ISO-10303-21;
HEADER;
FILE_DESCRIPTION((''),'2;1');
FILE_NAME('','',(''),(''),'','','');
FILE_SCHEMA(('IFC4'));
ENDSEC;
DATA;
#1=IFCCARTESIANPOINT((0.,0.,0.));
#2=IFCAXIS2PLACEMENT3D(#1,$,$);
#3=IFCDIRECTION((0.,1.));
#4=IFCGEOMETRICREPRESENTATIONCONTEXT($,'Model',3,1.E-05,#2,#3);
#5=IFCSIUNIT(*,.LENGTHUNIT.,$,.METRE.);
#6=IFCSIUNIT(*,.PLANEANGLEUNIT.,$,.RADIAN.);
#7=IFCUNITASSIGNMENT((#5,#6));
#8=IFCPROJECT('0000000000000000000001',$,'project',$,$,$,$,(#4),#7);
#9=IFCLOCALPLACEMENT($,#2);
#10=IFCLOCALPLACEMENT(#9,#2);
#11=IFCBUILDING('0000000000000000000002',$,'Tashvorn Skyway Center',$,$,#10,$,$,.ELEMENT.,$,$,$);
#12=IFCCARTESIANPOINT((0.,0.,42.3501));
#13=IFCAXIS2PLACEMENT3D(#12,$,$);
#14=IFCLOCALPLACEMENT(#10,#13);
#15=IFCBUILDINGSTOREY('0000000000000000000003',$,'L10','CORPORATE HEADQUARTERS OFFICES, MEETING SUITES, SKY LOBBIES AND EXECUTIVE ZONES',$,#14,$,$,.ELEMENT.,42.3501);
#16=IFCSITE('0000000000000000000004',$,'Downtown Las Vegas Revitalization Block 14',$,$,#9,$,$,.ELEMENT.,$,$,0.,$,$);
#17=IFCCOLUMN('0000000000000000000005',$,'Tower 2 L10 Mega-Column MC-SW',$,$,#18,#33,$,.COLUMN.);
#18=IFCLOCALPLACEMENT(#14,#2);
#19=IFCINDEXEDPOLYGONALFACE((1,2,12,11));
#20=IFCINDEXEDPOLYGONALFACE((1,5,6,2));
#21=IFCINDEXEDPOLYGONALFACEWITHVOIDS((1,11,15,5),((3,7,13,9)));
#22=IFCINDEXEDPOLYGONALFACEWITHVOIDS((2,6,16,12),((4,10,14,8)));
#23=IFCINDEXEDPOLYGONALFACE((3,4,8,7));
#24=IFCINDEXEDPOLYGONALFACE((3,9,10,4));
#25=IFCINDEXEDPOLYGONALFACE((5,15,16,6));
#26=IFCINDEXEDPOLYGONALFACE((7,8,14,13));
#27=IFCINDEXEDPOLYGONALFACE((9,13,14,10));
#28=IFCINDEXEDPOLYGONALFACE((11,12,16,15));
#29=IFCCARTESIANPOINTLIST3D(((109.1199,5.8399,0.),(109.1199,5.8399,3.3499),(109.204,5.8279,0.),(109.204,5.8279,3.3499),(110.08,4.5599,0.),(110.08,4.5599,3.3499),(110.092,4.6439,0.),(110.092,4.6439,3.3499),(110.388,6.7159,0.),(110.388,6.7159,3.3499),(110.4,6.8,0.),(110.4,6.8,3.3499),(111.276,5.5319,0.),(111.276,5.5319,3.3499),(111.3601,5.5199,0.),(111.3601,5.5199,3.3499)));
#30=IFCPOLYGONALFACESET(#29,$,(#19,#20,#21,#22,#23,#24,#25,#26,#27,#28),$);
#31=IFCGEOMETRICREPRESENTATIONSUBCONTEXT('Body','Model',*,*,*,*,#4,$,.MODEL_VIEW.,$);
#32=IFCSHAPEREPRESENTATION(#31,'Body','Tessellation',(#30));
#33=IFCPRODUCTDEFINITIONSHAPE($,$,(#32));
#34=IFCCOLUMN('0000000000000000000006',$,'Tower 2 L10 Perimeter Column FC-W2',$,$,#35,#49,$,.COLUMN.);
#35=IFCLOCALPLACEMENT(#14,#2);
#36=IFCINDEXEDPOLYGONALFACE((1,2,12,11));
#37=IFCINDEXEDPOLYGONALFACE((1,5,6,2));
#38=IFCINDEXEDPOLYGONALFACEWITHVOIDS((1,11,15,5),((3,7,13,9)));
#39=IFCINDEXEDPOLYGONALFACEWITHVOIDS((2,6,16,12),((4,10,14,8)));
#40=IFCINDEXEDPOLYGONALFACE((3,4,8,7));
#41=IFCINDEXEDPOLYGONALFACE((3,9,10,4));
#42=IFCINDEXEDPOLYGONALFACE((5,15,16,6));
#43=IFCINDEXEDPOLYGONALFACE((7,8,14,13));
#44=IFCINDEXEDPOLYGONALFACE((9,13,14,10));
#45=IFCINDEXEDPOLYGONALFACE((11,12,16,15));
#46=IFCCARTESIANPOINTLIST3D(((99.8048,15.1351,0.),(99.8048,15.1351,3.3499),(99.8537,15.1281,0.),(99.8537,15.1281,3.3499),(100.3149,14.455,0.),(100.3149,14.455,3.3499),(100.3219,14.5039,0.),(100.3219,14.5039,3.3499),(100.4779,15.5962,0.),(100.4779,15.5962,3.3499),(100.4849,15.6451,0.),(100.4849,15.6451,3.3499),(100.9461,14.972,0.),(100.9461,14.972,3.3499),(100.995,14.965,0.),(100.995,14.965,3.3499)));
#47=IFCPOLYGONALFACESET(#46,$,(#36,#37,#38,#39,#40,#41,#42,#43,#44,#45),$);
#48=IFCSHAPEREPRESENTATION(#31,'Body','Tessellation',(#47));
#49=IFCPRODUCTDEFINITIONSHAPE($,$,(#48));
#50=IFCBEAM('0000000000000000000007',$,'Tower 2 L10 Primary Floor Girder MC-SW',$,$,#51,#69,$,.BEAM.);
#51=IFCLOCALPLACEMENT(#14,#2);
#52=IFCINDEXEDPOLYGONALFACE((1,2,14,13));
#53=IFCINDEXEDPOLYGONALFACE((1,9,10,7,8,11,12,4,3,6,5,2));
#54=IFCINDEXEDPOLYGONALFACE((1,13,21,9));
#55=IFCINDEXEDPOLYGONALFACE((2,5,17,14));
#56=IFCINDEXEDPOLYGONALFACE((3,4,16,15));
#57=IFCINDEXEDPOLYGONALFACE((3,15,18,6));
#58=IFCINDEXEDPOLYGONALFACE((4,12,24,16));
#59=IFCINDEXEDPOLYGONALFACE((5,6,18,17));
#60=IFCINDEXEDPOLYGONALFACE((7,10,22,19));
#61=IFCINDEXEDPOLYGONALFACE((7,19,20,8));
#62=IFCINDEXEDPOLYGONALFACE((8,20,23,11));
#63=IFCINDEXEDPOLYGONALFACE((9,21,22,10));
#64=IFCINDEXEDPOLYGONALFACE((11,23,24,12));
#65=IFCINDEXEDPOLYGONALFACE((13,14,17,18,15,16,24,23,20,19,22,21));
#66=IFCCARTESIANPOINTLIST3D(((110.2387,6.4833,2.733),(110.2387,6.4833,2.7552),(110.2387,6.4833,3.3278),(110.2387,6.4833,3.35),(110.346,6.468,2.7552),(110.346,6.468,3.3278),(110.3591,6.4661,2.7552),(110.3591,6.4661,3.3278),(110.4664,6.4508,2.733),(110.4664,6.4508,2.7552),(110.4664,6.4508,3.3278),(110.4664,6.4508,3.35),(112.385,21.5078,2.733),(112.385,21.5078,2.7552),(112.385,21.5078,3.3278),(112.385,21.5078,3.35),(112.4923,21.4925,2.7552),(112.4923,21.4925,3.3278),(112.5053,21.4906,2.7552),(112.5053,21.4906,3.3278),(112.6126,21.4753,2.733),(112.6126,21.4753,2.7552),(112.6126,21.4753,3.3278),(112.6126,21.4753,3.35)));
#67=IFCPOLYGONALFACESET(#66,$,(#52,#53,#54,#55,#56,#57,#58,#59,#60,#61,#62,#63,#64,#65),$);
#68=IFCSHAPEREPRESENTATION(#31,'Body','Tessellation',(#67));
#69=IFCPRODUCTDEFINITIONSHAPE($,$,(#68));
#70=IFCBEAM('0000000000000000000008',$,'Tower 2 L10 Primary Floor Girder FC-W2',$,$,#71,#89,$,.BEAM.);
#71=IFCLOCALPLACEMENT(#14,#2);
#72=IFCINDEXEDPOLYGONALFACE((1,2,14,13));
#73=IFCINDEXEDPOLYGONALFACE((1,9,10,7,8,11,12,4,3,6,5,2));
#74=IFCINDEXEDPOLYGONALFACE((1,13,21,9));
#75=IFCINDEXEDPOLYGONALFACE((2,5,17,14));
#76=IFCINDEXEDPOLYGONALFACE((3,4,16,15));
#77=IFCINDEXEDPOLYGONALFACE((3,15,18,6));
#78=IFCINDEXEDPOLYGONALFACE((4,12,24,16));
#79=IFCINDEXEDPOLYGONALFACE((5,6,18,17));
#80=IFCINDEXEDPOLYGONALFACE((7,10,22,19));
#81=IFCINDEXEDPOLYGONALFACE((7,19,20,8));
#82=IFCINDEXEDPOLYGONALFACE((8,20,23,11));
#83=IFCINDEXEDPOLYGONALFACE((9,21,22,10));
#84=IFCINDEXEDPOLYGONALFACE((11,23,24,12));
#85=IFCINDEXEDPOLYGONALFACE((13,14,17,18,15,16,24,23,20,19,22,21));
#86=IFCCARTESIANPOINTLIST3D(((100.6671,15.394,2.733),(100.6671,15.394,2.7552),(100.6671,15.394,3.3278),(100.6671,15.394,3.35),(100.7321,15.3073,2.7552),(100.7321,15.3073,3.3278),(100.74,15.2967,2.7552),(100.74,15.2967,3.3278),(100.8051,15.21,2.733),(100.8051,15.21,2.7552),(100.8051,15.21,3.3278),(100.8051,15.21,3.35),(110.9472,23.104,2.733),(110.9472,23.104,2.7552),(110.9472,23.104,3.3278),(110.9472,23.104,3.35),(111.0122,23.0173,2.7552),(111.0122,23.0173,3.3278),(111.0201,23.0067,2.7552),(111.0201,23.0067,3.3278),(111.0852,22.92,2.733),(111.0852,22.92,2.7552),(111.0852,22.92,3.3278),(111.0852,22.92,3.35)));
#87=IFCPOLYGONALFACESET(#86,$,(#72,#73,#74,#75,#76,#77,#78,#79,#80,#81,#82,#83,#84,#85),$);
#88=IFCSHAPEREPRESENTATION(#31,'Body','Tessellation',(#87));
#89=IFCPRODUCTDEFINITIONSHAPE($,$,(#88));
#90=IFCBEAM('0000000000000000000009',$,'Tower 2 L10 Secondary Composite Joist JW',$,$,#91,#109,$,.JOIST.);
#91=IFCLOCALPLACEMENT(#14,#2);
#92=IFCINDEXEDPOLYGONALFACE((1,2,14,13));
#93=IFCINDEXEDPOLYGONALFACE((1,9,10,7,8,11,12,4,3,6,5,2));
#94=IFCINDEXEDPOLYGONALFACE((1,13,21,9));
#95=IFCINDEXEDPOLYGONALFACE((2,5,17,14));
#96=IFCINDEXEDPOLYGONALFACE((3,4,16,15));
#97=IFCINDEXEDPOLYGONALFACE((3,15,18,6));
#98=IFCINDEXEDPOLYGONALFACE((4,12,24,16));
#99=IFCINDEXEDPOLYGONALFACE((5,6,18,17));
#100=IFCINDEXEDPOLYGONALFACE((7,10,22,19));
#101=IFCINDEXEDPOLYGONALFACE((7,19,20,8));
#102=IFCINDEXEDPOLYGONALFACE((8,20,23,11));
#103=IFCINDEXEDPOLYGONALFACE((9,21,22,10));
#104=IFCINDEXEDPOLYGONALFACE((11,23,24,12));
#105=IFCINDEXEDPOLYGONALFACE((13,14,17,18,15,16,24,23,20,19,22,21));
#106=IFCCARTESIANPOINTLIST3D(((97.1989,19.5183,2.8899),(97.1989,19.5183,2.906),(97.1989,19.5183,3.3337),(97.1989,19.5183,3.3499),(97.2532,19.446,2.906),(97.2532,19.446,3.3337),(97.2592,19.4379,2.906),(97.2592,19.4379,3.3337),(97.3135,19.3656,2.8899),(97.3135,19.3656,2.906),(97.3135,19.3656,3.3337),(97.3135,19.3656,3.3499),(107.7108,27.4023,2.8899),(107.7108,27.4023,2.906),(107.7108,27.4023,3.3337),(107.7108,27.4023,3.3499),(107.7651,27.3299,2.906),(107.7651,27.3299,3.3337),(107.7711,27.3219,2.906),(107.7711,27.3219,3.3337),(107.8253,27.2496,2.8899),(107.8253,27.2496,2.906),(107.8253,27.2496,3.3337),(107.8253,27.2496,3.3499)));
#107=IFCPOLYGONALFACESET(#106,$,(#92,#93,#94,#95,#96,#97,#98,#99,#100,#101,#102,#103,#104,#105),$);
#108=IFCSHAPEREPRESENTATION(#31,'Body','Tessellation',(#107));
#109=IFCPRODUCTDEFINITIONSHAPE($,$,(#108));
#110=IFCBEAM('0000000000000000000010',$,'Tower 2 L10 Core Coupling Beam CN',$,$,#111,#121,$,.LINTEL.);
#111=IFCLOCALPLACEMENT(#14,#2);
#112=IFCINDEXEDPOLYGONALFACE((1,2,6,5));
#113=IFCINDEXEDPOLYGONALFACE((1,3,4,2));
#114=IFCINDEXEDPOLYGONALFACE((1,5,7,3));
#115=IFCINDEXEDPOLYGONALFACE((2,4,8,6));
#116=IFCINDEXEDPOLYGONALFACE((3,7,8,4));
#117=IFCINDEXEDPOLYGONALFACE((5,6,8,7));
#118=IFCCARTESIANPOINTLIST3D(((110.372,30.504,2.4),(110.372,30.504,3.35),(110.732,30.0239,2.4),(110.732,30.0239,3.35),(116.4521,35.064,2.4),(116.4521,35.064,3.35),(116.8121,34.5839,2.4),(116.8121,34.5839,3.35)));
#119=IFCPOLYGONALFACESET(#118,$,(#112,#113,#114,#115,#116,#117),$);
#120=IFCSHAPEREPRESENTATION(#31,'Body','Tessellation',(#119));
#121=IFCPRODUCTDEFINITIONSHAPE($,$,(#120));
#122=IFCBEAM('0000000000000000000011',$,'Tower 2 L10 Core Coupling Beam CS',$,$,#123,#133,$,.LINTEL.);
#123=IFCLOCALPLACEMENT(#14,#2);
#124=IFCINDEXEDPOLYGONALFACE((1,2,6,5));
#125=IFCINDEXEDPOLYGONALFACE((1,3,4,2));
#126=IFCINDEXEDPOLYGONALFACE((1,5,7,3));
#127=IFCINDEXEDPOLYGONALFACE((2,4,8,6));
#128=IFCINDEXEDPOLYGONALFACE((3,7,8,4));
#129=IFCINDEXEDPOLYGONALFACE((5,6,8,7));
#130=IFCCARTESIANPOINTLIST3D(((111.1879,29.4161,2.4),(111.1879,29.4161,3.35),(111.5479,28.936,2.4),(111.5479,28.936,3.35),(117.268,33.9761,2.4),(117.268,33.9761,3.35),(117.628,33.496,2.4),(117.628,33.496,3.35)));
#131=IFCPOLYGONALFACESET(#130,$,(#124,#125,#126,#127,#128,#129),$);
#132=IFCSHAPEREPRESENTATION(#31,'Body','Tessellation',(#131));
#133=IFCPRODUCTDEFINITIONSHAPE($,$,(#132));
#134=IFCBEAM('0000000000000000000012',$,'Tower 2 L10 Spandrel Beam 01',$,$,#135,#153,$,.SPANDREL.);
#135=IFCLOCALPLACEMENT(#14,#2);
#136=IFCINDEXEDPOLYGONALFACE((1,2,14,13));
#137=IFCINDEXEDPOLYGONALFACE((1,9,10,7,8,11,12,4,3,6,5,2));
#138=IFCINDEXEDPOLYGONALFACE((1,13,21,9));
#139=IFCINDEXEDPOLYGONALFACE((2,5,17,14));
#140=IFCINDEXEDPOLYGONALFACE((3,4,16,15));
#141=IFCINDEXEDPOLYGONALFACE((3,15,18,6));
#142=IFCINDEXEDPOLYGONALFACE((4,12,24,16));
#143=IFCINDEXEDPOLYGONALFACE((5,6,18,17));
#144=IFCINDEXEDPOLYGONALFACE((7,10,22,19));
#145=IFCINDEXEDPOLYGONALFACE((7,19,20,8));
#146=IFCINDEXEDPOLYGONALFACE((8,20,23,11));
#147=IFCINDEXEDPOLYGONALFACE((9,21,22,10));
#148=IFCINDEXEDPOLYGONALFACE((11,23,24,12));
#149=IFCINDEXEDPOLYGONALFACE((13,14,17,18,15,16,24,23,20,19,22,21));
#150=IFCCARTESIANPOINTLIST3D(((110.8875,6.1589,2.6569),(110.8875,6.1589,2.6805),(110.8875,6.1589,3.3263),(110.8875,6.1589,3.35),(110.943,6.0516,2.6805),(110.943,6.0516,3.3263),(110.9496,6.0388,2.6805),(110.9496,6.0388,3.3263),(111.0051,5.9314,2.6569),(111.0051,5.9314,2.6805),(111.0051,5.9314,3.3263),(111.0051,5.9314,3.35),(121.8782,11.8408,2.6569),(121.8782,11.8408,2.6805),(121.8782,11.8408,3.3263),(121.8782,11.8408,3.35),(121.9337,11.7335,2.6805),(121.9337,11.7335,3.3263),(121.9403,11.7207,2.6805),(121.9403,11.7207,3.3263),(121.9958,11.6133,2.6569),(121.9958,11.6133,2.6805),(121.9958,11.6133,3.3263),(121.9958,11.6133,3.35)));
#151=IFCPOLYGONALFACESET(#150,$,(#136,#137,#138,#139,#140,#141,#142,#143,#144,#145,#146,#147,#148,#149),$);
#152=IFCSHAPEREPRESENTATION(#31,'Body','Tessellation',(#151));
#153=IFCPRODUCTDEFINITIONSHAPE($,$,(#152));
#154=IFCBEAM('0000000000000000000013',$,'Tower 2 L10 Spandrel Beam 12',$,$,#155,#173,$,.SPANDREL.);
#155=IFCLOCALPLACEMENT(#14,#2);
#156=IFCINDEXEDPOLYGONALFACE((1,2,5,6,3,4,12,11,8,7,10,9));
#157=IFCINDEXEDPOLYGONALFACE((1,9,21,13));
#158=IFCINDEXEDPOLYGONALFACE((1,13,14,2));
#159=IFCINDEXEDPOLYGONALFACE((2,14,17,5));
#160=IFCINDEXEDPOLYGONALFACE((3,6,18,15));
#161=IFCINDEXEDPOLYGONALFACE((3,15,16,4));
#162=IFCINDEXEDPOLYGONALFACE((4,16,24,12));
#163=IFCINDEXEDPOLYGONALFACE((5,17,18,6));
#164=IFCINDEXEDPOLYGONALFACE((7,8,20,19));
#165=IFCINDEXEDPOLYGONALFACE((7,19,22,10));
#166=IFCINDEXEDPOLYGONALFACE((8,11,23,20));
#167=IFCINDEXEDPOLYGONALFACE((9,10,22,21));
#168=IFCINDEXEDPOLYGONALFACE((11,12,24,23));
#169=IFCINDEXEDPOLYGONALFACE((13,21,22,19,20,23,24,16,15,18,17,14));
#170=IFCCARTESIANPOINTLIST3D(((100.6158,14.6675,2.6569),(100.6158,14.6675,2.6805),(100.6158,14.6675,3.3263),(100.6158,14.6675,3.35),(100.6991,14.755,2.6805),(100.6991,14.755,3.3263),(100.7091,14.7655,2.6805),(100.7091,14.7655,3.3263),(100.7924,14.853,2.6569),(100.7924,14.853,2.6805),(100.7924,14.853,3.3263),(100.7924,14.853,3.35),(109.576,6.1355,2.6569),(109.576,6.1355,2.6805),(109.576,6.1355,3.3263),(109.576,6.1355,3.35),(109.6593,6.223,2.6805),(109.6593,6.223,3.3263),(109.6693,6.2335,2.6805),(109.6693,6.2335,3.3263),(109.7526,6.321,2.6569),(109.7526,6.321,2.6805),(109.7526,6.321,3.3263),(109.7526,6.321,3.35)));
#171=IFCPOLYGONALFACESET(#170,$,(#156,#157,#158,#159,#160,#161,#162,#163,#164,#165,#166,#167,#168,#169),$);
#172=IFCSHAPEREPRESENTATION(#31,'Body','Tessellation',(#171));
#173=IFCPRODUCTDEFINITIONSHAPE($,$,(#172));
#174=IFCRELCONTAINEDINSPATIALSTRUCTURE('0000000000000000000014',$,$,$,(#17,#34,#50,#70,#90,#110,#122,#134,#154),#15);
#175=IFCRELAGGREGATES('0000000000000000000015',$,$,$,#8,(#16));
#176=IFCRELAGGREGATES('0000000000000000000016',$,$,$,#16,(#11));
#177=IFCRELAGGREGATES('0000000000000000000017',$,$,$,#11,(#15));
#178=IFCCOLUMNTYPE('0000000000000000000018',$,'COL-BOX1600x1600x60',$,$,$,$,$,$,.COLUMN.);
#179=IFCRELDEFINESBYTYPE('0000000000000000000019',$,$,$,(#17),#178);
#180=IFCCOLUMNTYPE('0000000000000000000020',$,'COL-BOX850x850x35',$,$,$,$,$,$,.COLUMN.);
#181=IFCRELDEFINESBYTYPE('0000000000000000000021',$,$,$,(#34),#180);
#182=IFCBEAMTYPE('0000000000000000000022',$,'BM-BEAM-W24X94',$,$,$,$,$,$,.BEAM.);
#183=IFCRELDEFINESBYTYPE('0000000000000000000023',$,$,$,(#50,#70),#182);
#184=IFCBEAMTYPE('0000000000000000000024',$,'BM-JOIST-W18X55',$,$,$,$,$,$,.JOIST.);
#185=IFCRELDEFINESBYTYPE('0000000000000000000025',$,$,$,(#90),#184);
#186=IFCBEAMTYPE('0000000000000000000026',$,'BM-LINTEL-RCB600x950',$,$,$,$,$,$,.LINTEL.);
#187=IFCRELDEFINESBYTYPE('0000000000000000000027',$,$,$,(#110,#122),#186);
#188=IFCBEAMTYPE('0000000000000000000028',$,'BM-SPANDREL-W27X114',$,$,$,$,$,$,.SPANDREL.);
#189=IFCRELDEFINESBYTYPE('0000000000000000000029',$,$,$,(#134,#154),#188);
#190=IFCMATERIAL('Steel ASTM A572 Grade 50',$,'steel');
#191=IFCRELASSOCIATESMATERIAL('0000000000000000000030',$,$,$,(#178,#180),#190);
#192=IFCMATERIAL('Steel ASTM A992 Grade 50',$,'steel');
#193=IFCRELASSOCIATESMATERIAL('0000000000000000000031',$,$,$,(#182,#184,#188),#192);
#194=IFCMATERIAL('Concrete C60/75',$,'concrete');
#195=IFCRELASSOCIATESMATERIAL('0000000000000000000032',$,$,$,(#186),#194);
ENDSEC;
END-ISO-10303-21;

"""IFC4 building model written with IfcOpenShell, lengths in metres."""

from ifc_helpers import new_model, si_unit, direction, frame, origin, origin_2d, place, context, subcontext, project, spatial, rectangle, hollow_rectangle, i_section, extrude, material, material_profile, profile_set, type_object, element, save


model = new_model("IFC4")

# Units and contexts
model_context = context("Model", 3, precision=1e-05, world=origin(), true_north=direction((0.0, 1.0)))
body_context = subcontext(model_context, "Body", "Model", "MODEL_VIEW")
ifc_project = project(units=[si_unit("LENGTHUNIT", "METRE"), si_unit("PLANEANGLEUNIT", "RADIAN")], contexts=[model_context])

# Site, building, storey
site_placement = place(None, origin())
site = spatial("IfcSite", under=ifc_project, at=site_placement, Name="Downtown Las Vegas Revitalization Block 14", CompositionType="ELEMENT", RefElevation=0.0)
building_placement = place(site_placement, origin())
building = spatial("IfcBuilding", under=site, at=building_placement, Name="Tashvorn Skyway Center", CompositionType="ELEMENT")
storey_placement = place(building_placement, frame((0.0, 0.0, 42.3501)))
storey = spatial("IfcBuildingStorey", under=building, at=storey_placement, Name="L10", Description="CORPORATE HEADQUARTERS OFFICES, MEETING SUITES, SKY LOBBIES AND EXECUTIVE ZONES", CompositionType="ELEMENT", Elevation=42.3501)

# Columns
ifc_material_1 = material(Name="Steel ASTM A572 Grade 50", Category="steel")
ifc_material_profile_1 = material_profile(ifc_material_1, hollow_rectangle(XDim=1.6001, YDim=1.6001, WallThickness=0.0601, at=origin_2d()), Name="BOX1600x1600x60")
ifc_profile_set_1 = profile_set([ifc_material_profile_1], Name="Steel ASTM A572 Grade 50")
column_type_1 = type_object("IfcColumnType", Name="COL-BOX1600x1600x60", PredefinedType="COLUMN", material=ifc_profile_set_1)
column_1_placement = place(storey_placement, frame((110.24, 5.6799, 0.0), z_axis=(0.0, 0.0, 1.0), x_axis=(0.8, 0.6, 0.0)))
element("IfcColumn", 1, at=column_1_placement, inside=storey, type_object=column_type_1, Name="Tower 2 L10 Mega-Column MC-SW", PredefinedType="COLUMN", context=body_context, shape_type="SweptSolid", body=[
    extrude(hollow_rectangle(XDim=1.6001, YDim=1.6001, WallThickness=0.0601, at=origin_2d()), origin(), (0.0, 0.0, 1.0), 3.3499),
])
ifc_material_profile_2 = material_profile(ifc_material_1, hollow_rectangle(XDim=0.8501, YDim=0.8501, WallThickness=0.0349, at=origin_2d()), Name="BOX850x850x35")
ifc_profile_set_2 = profile_set([ifc_material_profile_2], Name="Steel ASTM A572 Grade 50")
column_type_2 = type_object("IfcColumnType", Name="COL-BOX850x850x35", PredefinedType="COLUMN", material=ifc_profile_set_2)
column_2_placement = place(storey_placement, frame((100.3999, 15.05, 0.0), z_axis=(0.0, 0.0, 1.0), x_axis=(0.8, 0.6, 0.0)))
element("IfcColumn", 2, at=column_2_placement, inside=storey, type_object=column_type_2, Name="Tower 2 L10 Perimeter Column FC-W2", PredefinedType="COLUMN", context=body_context, shape_type="SweptSolid", body=[
    extrude(hollow_rectangle(XDim=0.8501, YDim=0.8501, WallThickness=0.0349, at=origin_2d()), origin(), (0.0, 0.0, 1.0), 3.3499),
])

# Beams
ifc_material_2 = material(Name="Steel ASTM A992 Grade 50", Category="steel")
ifc_material_profile_3 = material_profile(ifc_material_2, i_section(OverallWidth=0.23, OverallDepth=0.6169, WebThickness=0.0132, FlangeThickness=0.0222, at=origin_2d()), Name="W24X94")
ifc_profile_set_3 = profile_set([ifc_material_profile_3], Name="Steel ASTM A992 Grade 50")
beam_type_1 = type_object("IfcBeamType", Name="BM-BEAM-W24X94", PredefinedType="BEAM", material=ifc_profile_set_3)
beam_1_placement = place(storey_placement, frame((110.3525, 6.467, 3.0415), z_axis=(0.141415, 0.98995, 0.0), x_axis=(-0.98995, 0.141415, 0.0)))
element("IfcBeam", 3, at=beam_1_placement, inside=storey, type_object=beam_type_1, Name="Tower 2 L10 Primary Floor Girder MC-SW", PredefinedType="BEAM", context=body_context, shape_type="SweptSolid", body=[
    extrude(i_section(OverallWidth=0.23, OverallDepth=0.6169, WebThickness=0.0132, FlangeThickness=0.0222, at=origin_2d()), origin(), (0.0, 0.0, 1.0), 15.177),
])
beam_2_placement = place(storey_placement, frame((100.7361, 15.302, 3.0415), z_axis=(0.800002, 0.599997, 0.0), x_axis=(-0.599997, 0.800002, 0.0)))
element("IfcBeam", 4, at=beam_2_placement, inside=storey, type_object=beam_type_1, Name="Tower 2 L10 Primary Floor Girder FC-W2", PredefinedType="BEAM", context=body_context, shape_type="SweptSolid", body=[
    extrude(i_section(OverallWidth=0.23, OverallDepth=0.6169, WebThickness=0.0132, FlangeThickness=0.0222, at=origin_2d()), origin(), (0.0, 0.0, 1.0), 12.8501),
])
ifc_material_profile_4 = material_profile(ifc_material_2, i_section(OverallWidth=0.1909, OverallDepth=0.46, WebThickness=0.01, FlangeThickness=0.0161, at=origin_2d()), Name="W18X55")
ifc_profile_set_4 = profile_set([ifc_material_profile_4], Name="Steel ASTM A992 Grade 50")
beam_type_2 = type_object("IfcBeamType", Name="BM-JOIST-W18X55", PredefinedType="JOIST", material=ifc_profile_set_4)
beam_3_placement = place(storey_placement, frame((107.7681, 27.3259, 3.1199), z_axis=(-0.799998, -0.600003, 0.0), x_axis=(0.600003, -0.799998, 0.0)))
element("IfcBeam", 5, at=beam_3_placement, inside=storey, type_object=beam_type_2, Name="Tower 2 L10 Secondary Composite Joist JW", PredefinedType="JOIST", context=body_context, shape_type="SweptSolid", body=[
    extrude(i_section(OverallWidth=0.1909, OverallDepth=0.46, WebThickness=0.01, FlangeThickness=0.0161, at=origin_2d()), origin(), (0.0, 0.0, 1.0), 13.1399),
])
ifc_material_3 = material(Name="Concrete C60/75", Category="concrete")
ifc_material_profile_5 = material_profile(ifc_material_3, rectangle(XDim=0.6001, YDim=0.95, at=origin_2d()), Name="RCB600x950")
ifc_profile_set_5 = profile_set([ifc_material_profile_5], Name="Concrete C60/75")
beam_type_3 = type_object("IfcBeamType", Name="BM-LINTEL-RCB600x950", PredefinedType="LINTEL", material=ifc_profile_set_5)
for number, where, z_axis, x_axis, name in (
    (6, (110.552, 30.2639, 2.875), (0.8, 0.6, 0.0), (-0.6, 0.8, 0.0), "Tower 2 L10 Core Coupling Beam CN"),
    (7, (111.3679, 29.176, 2.875), (0.8, 0.6, 0.0), (-0.6, 0.8, 0.0), "Tower 2 L10 Core Coupling Beam CS"),
):
    element("IfcBeam", number, at=place(storey_placement, frame(where, z_axis=z_axis, x_axis=x_axis)), inside=storey, type_object=beam_type_3, Name=name, PredefinedType="LINTEL", context=body_context, shape_type="SweptSolid", body=[
        extrude(rectangle(XDim=0.6001, YDim=0.95, at=origin_2d()), origin(), (0.0, 0.0, 1.0), 7.6001),
    ])
ifc_material_profile_6 = material_profile(ifc_material_2, i_section(OverallWidth=0.2561, OverallDepth=0.6931, WebThickness=0.0144, FlangeThickness=0.0237, at=origin_2d()), Name="W27X114")
ifc_profile_set_6 = profile_set([ifc_material_profile_6], Name="Steel ASTM A992 Grade 50")
beam_type_4 = type_object("IfcBeamType", Name="BM-SPANDREL-W27X114", PredefinedType="SPANDREL", material=ifc_profile_set_6)
for number, where, z_axis, x_axis, name in (
    (8, (110.9463, 6.0452, 3.0034), (0.888316, 0.459233, 0.0), (-0.459233, 0.888316, 0.0), "Tower 2 L10 Spandrel Beam 01"),
    (9, (100.7041, 14.7603, 3.0034), (0.7242, -0.68959, 0.0), (0.68959, 0.7242, 0.0), "Tower 2 L10 Spandrel Beam 12"),
):
    element("IfcBeam", number, at=place(storey_placement, frame(where, z_axis=z_axis, x_axis=x_axis)), inside=storey, type_object=beam_type_4, Name=name, PredefinedType="SPANDREL", context=body_context, shape_type="SweptSolid", body=[
        extrude(i_section(OverallWidth=0.2561, OverallDepth=0.6931, WebThickness=0.0144, FlangeThickness=0.0237, at=origin_2d()), origin(), (0.0, 0.0, 1.0), 12.3726),
    ])

save(model, "model.ifc")
